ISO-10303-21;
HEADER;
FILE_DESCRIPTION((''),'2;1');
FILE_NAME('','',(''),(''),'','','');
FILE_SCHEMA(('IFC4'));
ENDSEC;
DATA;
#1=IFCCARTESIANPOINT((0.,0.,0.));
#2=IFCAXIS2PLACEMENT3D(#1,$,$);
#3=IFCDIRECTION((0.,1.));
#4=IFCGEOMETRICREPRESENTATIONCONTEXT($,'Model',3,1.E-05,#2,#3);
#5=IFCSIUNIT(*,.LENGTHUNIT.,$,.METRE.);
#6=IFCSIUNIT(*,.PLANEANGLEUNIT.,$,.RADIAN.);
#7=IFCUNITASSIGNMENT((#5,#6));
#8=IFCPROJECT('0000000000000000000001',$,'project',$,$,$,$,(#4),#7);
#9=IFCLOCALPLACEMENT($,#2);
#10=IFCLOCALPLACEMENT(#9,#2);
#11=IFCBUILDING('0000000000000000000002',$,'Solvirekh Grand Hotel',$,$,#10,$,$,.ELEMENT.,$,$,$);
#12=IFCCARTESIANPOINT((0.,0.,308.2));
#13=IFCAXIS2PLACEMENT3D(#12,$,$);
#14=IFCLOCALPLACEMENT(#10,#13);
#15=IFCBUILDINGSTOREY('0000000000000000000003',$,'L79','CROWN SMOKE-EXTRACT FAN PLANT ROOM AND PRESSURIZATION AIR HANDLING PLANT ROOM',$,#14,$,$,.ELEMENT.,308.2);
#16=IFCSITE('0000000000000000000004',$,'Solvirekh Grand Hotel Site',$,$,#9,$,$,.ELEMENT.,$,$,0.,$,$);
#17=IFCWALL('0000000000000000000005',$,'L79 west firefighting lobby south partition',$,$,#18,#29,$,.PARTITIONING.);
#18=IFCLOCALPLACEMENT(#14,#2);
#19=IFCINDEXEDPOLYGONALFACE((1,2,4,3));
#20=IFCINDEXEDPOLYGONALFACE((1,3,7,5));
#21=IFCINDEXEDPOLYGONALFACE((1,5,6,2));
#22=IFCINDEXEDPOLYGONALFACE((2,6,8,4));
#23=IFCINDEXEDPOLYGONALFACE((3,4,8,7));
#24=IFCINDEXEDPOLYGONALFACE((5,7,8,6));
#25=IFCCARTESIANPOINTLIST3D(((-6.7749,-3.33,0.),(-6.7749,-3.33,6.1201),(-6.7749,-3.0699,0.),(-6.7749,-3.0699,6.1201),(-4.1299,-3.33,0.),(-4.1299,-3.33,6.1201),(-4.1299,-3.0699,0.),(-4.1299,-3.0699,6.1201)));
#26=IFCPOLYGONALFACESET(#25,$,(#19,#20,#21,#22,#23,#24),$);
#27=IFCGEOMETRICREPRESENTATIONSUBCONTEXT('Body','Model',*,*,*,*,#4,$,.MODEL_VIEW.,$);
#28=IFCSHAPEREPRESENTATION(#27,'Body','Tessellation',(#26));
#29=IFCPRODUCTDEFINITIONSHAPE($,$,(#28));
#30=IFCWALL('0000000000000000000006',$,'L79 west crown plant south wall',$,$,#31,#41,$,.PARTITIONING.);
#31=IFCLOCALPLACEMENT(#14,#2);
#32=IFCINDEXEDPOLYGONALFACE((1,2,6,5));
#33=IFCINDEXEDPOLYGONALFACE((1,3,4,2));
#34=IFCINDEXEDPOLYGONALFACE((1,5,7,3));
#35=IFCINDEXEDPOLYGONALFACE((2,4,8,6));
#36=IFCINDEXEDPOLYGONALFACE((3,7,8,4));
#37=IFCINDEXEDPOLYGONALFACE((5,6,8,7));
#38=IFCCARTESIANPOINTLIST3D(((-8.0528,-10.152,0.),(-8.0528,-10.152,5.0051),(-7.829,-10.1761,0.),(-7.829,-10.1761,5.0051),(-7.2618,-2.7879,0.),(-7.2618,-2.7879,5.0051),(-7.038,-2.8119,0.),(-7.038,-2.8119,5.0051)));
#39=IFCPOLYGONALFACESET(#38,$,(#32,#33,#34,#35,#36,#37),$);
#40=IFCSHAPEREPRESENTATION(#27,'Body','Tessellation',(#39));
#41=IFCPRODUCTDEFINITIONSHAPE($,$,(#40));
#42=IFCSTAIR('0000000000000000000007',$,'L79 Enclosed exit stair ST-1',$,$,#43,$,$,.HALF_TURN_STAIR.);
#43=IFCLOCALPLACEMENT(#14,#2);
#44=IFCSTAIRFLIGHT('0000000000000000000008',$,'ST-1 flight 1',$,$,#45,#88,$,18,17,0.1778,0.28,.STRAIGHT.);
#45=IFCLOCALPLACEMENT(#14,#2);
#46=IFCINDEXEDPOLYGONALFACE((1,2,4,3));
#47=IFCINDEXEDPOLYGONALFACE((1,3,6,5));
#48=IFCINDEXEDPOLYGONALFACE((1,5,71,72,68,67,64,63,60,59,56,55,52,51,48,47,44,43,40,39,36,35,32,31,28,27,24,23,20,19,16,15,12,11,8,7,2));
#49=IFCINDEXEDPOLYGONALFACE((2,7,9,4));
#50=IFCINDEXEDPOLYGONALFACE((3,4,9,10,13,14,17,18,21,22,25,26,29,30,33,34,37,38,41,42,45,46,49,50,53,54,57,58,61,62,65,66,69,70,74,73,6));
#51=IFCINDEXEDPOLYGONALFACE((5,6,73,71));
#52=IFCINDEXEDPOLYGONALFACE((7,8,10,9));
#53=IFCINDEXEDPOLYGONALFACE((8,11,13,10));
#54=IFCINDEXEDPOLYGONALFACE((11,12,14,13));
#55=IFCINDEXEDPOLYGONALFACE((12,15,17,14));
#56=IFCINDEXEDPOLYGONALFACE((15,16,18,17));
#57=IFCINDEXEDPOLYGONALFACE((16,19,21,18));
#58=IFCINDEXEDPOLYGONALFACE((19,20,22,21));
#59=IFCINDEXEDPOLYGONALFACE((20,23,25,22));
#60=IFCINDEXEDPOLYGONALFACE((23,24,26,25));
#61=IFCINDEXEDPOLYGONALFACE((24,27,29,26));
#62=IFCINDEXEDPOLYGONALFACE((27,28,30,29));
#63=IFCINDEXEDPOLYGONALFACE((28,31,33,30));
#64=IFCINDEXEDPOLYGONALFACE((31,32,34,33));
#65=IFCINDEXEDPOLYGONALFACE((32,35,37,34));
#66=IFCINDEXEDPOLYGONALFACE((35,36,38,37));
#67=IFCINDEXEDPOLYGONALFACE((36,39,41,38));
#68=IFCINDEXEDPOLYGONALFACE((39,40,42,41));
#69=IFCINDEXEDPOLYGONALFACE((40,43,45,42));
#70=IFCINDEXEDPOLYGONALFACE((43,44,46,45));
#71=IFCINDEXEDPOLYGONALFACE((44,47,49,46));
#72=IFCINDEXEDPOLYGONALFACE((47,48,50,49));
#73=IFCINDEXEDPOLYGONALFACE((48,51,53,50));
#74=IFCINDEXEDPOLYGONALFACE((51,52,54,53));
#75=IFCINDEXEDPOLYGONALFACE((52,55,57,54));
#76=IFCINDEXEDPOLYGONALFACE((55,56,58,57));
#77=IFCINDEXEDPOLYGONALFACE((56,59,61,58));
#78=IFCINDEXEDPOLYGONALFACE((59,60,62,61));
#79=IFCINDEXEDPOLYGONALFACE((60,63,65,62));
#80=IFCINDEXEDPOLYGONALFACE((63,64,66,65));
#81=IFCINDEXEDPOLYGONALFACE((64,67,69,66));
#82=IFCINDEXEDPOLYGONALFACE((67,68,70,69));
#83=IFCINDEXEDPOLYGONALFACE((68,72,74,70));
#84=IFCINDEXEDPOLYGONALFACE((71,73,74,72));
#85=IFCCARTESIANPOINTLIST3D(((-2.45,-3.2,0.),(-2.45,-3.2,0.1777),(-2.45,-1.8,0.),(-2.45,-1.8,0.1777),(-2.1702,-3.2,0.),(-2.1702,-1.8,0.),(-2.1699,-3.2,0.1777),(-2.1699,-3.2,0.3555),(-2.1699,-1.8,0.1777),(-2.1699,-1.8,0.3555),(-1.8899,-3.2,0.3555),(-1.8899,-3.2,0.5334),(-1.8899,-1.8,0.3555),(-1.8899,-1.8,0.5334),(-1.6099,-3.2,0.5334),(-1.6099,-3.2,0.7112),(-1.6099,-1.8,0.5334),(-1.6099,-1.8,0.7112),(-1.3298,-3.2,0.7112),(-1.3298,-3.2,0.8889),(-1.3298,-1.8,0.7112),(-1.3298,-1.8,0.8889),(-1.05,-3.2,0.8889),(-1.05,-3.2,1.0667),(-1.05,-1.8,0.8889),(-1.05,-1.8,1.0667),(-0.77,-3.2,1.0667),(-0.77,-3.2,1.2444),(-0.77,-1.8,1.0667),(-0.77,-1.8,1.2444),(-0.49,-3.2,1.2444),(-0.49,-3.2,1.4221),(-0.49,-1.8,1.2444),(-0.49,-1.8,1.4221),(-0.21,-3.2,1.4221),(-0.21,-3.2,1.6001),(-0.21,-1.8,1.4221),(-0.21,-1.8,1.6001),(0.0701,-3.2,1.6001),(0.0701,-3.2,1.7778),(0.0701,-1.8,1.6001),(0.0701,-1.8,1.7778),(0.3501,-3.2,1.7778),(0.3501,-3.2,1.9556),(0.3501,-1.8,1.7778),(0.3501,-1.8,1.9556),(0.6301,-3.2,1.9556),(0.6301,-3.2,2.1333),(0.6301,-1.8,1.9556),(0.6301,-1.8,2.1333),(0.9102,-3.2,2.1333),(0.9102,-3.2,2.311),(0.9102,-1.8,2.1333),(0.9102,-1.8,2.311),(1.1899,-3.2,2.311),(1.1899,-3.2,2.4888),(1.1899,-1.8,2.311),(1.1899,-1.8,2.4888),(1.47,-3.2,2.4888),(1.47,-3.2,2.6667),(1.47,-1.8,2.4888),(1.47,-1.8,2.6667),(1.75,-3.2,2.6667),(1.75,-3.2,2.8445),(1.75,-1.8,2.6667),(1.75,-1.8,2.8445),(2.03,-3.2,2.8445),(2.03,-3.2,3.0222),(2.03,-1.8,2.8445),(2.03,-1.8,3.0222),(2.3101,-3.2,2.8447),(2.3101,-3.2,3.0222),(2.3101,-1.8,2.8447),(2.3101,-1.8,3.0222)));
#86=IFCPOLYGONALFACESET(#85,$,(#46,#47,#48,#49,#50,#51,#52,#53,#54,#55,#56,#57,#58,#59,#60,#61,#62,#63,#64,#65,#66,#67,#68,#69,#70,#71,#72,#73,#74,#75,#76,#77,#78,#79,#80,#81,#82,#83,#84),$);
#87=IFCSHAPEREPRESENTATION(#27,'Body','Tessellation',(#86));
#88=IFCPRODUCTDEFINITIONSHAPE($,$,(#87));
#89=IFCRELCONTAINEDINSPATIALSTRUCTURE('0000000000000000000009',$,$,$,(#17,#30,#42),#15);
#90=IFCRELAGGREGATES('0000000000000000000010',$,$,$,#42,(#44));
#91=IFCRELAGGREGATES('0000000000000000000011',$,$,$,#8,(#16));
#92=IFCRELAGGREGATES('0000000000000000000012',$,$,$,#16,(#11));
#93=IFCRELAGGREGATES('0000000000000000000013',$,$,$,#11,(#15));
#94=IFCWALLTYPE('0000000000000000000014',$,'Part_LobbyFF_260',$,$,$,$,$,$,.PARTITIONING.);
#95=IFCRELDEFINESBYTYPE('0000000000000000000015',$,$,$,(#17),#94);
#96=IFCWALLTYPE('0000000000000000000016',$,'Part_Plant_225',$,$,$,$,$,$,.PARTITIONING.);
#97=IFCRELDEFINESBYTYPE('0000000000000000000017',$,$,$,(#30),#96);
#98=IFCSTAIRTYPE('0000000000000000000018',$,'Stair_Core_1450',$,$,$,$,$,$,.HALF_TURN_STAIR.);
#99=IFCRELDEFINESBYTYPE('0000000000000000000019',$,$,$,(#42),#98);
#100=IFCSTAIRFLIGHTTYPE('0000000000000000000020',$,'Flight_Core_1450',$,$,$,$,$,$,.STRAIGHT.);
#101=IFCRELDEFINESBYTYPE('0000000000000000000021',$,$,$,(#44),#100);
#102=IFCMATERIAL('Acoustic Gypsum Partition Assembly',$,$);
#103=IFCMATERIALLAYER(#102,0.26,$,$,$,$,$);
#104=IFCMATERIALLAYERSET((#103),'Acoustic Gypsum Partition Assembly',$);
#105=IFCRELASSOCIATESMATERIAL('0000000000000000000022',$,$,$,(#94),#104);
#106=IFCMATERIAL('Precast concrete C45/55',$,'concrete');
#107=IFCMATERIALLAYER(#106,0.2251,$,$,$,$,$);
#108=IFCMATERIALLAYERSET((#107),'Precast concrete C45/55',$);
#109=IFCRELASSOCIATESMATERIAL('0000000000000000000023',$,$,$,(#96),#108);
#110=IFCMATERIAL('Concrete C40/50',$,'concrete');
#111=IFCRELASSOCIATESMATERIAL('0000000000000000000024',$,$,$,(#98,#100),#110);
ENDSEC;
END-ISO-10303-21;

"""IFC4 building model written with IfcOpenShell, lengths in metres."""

from ifc_helpers import new_model, si_unit, direction, frame, frame_2d, origin, place, context, subcontext, project, spatial, polyline, rectangle, outline, extrude, material, layer, layer_set, type_object, element, aggregate, save


model = new_model("IFC4")

# Units and contexts
model_context = context("Model", 3, precision=1e-05, world=origin(), true_north=direction((0.0, 1.0)))
body_context = subcontext(model_context, "Body", "Model", "MODEL_VIEW")
ifc_project = project(units=[si_unit("LENGTHUNIT", "METRE"), si_unit("PLANEANGLEUNIT", "RADIAN")], contexts=[model_context])

# Site, building, storey
site_placement = place(None, origin())
site = spatial("IfcSite", under=ifc_project, at=site_placement, Name="Solvirekh Grand Hotel Site", CompositionType="ELEMENT", RefElevation=0.0)
building_placement = place(site_placement, origin())
building = spatial("IfcBuilding", under=site, at=building_placement, Name="Solvirekh Grand Hotel", CompositionType="ELEMENT")
storey_placement = place(building_placement, frame((0.0, 0.0, 308.2)))
storey = spatial("IfcBuildingStorey", under=building, at=storey_placement, Name="L79", Description="CROWN SMOKE-EXTRACT FAN PLANT ROOM AND PRESSURIZATION AIR HANDLING PLANT ROOM", CompositionType="ELEMENT", Elevation=308.2)

# Shared definitions
ifc_material_1 = material(Name="Concrete C40/50", Category="concrete")

# Shared definitions
ifc_material_2 = material(Name="Acoustic Gypsum Partition Assembly")

# Walls
ifc_layer_1 = layer(ifc_material_2, 0.26)
ifc_layer_set_1 = layer_set([ifc_layer_1], Name="Acoustic Gypsum Partition Assembly")
wall_type_1 = type_object("IfcWallType", Name="Part_LobbyFF_260", PredefinedType="PARTITIONING", material=ifc_layer_set_1)
wall_1_placement = place(storey_placement, frame((-6.7749, -3.2, 0.0), z_axis=(0.0, 0.0, 1.0), x_axis=(1.0, 0.0, 0.0)))
element("IfcWall", 1, at=wall_1_placement, inside=storey, type_object=wall_type_1, Name="L79 west firefighting lobby south partition", PredefinedType="PARTITIONING", context=body_context, shape_type="SweptSolid", body=[
    extrude(rectangle(XDim=2.645, YDim=0.26, at=frame_2d((1.3225, 0.0))), origin(), (0.0, 0.0, 1.0), 6.1201),
])
ifc_material_3 = material(Name="Precast concrete C45/55", Category="concrete")
ifc_layer_2 = layer(ifc_material_3, 0.2251)
ifc_layer_set_2 = layer_set([ifc_layer_2], Name="Precast concrete C45/55")
wall_type_2 = type_object("IfcWallType", Name="Part_Plant_225", PredefinedType="PARTITIONING", material=ifc_layer_set_2)
wall_2_placement = place(storey_placement, frame((-7.1499, -2.8, 0.0), z_axis=(0.0, 0.0, 1.0), x_axis=(-0.106802, -0.99428, 0.0)))
element("IfcWall", 2, at=wall_2_placement, inside=storey, type_object=wall_type_2, Name="L79 west crown plant south wall", PredefinedType="PARTITIONING", context=body_context, shape_type="SweptSolid", body=[
    extrude(rectangle(XDim=7.4065, YDim=0.2251, at=frame_2d((3.7031, 0.0))), origin(), (0.0, 0.0, 1.0), 5.0051),
])

# Stair, stair flight
stair_type = type_object("IfcStairType", Name="Stair_Core_1450", PredefinedType="HALF_TURN_STAIR", material=ifc_material_1)
stair_placement = place(storey_placement, origin())
stair = element("IfcStair", 3, at=stair_placement, inside=storey, type_object=stair_type, Name="L79 Enclosed exit stair ST-1", PredefinedType="HALF_TURN_STAIR")
stair_flight_type = type_object("IfcStairFlightType", Name="Flight_Core_1450", PredefinedType="STRAIGHT", material=ifc_material_1)
stair_flight_placement = place(storey_placement, frame((-2.45, -2.5, 0.0), z_axis=(0.0, 0.0, 1.0), x_axis=(1.0, 0.0, 0.0)))
stair_flight = element("IfcStairFlight", 4, at=stair_flight_placement, type_object=stair_flight_type, Name="ST-1 flight 1", NumberOfRisers=18, NumberOfTreads=17, PredefinedType="STRAIGHT", RiserHeight=0.1778, TreadLength=0.28, context=body_context, shape_type="SweptSolid", body=[
    extrude(outline(polyline([(0.0, 0.0), (0.0, 0.1777), (0.28, 0.1777), (0.28, 0.3555), (0.5601, 0.3555), (0.5601, 0.5334), (0.8401, 0.5334), (0.8401, 0.7112), (1.1201, 0.7112), (1.1201, 0.8889), (1.3999, 0.8889), (1.3999, 1.0667), (1.6799, 1.0667), (1.6799, 1.2444), (1.96, 1.2444), (1.96, 1.4221), (2.24, 1.4221), (2.24, 1.6001), (2.52, 1.6001), (2.52, 1.7778), (2.8, 1.7778), (2.8, 1.9556), (3.0801, 1.9556), (3.0801, 2.1333), (3.3601, 2.1333), (3.3601, 2.311), (3.6399, 2.311), (3.6399, 2.4888), (3.9199, 2.4888), (3.9199, 2.6667), (4.2, 2.6667), (4.2, 2.8445), (4.48, 2.8445), (4.48, 3.0222), (4.76, 3.0222), (4.76, 3.2), (4.76, 2.8447), (0.2798, 0.0), (0.0, 0.0)])), frame((0.0, 0.7, 0.0), z_axis=(0.0, -1.0, 0.0), x_axis=(1.0, 0.0, 0.0)), (0.0, 0.0, 1.0), 1.3999),
])
aggregate(stair, [stair_flight])

save(model, "model.ifc")
